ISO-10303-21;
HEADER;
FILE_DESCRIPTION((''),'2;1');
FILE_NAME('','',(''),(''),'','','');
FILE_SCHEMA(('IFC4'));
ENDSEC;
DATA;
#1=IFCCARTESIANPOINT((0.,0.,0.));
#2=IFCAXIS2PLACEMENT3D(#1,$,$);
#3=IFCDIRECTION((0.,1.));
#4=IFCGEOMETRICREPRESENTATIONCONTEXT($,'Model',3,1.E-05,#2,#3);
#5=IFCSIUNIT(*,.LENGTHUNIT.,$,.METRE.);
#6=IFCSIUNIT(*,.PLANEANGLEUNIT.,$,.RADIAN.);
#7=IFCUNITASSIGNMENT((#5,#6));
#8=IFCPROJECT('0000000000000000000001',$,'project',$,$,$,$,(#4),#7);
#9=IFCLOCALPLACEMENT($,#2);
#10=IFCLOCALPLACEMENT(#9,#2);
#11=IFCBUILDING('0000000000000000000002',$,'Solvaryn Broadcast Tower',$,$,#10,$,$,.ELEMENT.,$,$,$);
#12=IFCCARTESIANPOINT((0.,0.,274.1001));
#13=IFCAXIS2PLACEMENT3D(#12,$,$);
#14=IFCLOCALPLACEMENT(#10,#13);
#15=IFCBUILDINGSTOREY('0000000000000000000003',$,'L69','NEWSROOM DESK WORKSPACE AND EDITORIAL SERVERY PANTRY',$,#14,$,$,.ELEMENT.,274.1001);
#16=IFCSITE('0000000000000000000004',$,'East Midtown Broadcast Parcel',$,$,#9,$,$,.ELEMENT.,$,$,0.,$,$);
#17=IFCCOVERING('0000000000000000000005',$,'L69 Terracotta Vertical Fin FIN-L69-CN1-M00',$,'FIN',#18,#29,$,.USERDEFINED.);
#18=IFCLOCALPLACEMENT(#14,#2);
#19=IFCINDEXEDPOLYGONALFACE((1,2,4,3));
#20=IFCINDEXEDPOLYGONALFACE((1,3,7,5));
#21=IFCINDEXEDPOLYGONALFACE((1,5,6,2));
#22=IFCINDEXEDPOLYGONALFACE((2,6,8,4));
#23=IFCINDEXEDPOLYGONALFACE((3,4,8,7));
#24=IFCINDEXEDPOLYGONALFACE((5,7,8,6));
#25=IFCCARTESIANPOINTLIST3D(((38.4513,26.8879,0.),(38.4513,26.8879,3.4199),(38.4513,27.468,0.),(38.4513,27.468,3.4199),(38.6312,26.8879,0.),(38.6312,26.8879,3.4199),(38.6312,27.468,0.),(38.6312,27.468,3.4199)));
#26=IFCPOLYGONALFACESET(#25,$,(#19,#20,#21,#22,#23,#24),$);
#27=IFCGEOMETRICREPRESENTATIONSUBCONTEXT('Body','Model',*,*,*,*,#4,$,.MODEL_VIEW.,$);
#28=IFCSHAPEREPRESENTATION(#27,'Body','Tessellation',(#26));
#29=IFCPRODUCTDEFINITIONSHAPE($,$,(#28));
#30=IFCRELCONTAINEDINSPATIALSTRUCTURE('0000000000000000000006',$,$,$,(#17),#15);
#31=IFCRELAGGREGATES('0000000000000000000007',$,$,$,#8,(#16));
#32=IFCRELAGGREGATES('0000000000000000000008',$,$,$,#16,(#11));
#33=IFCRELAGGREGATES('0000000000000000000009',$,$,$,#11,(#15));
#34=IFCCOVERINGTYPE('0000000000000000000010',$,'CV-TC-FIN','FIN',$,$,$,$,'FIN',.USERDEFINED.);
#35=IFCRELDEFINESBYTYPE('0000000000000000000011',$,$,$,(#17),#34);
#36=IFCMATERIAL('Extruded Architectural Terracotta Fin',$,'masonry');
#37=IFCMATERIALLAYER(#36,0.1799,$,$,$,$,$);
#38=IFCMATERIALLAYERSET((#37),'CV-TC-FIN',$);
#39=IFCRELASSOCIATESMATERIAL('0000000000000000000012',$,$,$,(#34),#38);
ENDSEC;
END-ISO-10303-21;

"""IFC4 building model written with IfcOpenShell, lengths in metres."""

from ifc_helpers import new_model, si_unit, direction, frame, origin, origin_2d, place, context, subcontext, project, spatial, rectangle, extrude, material, layer, layer_set, type_object, element, save


model = new_model("IFC4")

# Units and contexts
model_context = context("Model", 3, precision=1e-05, world=origin(), true_north=direction((0.0, 1.0)))
body_context = subcontext(model_context, "Body", "Model", "MODEL_VIEW")
ifc_project = project(units=[si_unit("LENGTHUNIT", "METRE"), si_unit("PLANEANGLEUNIT", "RADIAN")], contexts=[model_context])

# Site, building, storey
site_placement = place(None, origin())
site = spatial("IfcSite", under=ifc_project, at=site_placement, Name="East Midtown Broadcast Parcel", CompositionType="ELEMENT", RefElevation=0.0)
building_placement = place(site_placement, origin())
building = spatial("IfcBuilding", under=site, at=building_placement, Name="Solvaryn Broadcast Tower", CompositionType="ELEMENT")
storey_placement = place(building_placement, frame((0.0, 0.0, 274.1001)))
storey = spatial("IfcBuildingStorey", under=building, at=storey_placement, Name="L69", Description="NEWSROOM DESK WORKSPACE AND EDITORIAL SERVERY PANTRY", CompositionType="ELEMENT", Elevation=274.1001)

# Covering
ifc_material_1 = material(Name="Extruded Architectural Terracotta Fin", Category="masonry")
ifc_layer_1 = layer(ifc_material_1, 0.1799)
ifc_layer_set_1 = layer_set([ifc_layer_1], Name="CV-TC-FIN")
covering_type_1 = type_object("IfcCoveringType", Name="CV-TC-FIN", Description="FIN", ElementType="FIN", PredefinedType="USERDEFINED", material=ifc_layer_set_1)
covering_1_placement = place(storey_placement, frame((38.5413, 27.178, 0.0), z_axis=(0.0, 0.0, 1.0), x_axis=(1.0, 0.0, 0.0)))
element("IfcCovering", 1, at=covering_1_placement, inside=storey, type_object=covering_type_1, Name="L69 Terracotta Vertical Fin FIN-L69-CN1-M00", ObjectType="FIN", PredefinedType="USERDEFINED", context=body_context, shape_type="SweptSolid", body=[
    extrude(rectangle(XDim=0.1799, YDim=0.5801, at=origin_2d()), origin(), (0.0, 0.0, 1.0), 3.4199),
])

save(model, "model.ifc")
